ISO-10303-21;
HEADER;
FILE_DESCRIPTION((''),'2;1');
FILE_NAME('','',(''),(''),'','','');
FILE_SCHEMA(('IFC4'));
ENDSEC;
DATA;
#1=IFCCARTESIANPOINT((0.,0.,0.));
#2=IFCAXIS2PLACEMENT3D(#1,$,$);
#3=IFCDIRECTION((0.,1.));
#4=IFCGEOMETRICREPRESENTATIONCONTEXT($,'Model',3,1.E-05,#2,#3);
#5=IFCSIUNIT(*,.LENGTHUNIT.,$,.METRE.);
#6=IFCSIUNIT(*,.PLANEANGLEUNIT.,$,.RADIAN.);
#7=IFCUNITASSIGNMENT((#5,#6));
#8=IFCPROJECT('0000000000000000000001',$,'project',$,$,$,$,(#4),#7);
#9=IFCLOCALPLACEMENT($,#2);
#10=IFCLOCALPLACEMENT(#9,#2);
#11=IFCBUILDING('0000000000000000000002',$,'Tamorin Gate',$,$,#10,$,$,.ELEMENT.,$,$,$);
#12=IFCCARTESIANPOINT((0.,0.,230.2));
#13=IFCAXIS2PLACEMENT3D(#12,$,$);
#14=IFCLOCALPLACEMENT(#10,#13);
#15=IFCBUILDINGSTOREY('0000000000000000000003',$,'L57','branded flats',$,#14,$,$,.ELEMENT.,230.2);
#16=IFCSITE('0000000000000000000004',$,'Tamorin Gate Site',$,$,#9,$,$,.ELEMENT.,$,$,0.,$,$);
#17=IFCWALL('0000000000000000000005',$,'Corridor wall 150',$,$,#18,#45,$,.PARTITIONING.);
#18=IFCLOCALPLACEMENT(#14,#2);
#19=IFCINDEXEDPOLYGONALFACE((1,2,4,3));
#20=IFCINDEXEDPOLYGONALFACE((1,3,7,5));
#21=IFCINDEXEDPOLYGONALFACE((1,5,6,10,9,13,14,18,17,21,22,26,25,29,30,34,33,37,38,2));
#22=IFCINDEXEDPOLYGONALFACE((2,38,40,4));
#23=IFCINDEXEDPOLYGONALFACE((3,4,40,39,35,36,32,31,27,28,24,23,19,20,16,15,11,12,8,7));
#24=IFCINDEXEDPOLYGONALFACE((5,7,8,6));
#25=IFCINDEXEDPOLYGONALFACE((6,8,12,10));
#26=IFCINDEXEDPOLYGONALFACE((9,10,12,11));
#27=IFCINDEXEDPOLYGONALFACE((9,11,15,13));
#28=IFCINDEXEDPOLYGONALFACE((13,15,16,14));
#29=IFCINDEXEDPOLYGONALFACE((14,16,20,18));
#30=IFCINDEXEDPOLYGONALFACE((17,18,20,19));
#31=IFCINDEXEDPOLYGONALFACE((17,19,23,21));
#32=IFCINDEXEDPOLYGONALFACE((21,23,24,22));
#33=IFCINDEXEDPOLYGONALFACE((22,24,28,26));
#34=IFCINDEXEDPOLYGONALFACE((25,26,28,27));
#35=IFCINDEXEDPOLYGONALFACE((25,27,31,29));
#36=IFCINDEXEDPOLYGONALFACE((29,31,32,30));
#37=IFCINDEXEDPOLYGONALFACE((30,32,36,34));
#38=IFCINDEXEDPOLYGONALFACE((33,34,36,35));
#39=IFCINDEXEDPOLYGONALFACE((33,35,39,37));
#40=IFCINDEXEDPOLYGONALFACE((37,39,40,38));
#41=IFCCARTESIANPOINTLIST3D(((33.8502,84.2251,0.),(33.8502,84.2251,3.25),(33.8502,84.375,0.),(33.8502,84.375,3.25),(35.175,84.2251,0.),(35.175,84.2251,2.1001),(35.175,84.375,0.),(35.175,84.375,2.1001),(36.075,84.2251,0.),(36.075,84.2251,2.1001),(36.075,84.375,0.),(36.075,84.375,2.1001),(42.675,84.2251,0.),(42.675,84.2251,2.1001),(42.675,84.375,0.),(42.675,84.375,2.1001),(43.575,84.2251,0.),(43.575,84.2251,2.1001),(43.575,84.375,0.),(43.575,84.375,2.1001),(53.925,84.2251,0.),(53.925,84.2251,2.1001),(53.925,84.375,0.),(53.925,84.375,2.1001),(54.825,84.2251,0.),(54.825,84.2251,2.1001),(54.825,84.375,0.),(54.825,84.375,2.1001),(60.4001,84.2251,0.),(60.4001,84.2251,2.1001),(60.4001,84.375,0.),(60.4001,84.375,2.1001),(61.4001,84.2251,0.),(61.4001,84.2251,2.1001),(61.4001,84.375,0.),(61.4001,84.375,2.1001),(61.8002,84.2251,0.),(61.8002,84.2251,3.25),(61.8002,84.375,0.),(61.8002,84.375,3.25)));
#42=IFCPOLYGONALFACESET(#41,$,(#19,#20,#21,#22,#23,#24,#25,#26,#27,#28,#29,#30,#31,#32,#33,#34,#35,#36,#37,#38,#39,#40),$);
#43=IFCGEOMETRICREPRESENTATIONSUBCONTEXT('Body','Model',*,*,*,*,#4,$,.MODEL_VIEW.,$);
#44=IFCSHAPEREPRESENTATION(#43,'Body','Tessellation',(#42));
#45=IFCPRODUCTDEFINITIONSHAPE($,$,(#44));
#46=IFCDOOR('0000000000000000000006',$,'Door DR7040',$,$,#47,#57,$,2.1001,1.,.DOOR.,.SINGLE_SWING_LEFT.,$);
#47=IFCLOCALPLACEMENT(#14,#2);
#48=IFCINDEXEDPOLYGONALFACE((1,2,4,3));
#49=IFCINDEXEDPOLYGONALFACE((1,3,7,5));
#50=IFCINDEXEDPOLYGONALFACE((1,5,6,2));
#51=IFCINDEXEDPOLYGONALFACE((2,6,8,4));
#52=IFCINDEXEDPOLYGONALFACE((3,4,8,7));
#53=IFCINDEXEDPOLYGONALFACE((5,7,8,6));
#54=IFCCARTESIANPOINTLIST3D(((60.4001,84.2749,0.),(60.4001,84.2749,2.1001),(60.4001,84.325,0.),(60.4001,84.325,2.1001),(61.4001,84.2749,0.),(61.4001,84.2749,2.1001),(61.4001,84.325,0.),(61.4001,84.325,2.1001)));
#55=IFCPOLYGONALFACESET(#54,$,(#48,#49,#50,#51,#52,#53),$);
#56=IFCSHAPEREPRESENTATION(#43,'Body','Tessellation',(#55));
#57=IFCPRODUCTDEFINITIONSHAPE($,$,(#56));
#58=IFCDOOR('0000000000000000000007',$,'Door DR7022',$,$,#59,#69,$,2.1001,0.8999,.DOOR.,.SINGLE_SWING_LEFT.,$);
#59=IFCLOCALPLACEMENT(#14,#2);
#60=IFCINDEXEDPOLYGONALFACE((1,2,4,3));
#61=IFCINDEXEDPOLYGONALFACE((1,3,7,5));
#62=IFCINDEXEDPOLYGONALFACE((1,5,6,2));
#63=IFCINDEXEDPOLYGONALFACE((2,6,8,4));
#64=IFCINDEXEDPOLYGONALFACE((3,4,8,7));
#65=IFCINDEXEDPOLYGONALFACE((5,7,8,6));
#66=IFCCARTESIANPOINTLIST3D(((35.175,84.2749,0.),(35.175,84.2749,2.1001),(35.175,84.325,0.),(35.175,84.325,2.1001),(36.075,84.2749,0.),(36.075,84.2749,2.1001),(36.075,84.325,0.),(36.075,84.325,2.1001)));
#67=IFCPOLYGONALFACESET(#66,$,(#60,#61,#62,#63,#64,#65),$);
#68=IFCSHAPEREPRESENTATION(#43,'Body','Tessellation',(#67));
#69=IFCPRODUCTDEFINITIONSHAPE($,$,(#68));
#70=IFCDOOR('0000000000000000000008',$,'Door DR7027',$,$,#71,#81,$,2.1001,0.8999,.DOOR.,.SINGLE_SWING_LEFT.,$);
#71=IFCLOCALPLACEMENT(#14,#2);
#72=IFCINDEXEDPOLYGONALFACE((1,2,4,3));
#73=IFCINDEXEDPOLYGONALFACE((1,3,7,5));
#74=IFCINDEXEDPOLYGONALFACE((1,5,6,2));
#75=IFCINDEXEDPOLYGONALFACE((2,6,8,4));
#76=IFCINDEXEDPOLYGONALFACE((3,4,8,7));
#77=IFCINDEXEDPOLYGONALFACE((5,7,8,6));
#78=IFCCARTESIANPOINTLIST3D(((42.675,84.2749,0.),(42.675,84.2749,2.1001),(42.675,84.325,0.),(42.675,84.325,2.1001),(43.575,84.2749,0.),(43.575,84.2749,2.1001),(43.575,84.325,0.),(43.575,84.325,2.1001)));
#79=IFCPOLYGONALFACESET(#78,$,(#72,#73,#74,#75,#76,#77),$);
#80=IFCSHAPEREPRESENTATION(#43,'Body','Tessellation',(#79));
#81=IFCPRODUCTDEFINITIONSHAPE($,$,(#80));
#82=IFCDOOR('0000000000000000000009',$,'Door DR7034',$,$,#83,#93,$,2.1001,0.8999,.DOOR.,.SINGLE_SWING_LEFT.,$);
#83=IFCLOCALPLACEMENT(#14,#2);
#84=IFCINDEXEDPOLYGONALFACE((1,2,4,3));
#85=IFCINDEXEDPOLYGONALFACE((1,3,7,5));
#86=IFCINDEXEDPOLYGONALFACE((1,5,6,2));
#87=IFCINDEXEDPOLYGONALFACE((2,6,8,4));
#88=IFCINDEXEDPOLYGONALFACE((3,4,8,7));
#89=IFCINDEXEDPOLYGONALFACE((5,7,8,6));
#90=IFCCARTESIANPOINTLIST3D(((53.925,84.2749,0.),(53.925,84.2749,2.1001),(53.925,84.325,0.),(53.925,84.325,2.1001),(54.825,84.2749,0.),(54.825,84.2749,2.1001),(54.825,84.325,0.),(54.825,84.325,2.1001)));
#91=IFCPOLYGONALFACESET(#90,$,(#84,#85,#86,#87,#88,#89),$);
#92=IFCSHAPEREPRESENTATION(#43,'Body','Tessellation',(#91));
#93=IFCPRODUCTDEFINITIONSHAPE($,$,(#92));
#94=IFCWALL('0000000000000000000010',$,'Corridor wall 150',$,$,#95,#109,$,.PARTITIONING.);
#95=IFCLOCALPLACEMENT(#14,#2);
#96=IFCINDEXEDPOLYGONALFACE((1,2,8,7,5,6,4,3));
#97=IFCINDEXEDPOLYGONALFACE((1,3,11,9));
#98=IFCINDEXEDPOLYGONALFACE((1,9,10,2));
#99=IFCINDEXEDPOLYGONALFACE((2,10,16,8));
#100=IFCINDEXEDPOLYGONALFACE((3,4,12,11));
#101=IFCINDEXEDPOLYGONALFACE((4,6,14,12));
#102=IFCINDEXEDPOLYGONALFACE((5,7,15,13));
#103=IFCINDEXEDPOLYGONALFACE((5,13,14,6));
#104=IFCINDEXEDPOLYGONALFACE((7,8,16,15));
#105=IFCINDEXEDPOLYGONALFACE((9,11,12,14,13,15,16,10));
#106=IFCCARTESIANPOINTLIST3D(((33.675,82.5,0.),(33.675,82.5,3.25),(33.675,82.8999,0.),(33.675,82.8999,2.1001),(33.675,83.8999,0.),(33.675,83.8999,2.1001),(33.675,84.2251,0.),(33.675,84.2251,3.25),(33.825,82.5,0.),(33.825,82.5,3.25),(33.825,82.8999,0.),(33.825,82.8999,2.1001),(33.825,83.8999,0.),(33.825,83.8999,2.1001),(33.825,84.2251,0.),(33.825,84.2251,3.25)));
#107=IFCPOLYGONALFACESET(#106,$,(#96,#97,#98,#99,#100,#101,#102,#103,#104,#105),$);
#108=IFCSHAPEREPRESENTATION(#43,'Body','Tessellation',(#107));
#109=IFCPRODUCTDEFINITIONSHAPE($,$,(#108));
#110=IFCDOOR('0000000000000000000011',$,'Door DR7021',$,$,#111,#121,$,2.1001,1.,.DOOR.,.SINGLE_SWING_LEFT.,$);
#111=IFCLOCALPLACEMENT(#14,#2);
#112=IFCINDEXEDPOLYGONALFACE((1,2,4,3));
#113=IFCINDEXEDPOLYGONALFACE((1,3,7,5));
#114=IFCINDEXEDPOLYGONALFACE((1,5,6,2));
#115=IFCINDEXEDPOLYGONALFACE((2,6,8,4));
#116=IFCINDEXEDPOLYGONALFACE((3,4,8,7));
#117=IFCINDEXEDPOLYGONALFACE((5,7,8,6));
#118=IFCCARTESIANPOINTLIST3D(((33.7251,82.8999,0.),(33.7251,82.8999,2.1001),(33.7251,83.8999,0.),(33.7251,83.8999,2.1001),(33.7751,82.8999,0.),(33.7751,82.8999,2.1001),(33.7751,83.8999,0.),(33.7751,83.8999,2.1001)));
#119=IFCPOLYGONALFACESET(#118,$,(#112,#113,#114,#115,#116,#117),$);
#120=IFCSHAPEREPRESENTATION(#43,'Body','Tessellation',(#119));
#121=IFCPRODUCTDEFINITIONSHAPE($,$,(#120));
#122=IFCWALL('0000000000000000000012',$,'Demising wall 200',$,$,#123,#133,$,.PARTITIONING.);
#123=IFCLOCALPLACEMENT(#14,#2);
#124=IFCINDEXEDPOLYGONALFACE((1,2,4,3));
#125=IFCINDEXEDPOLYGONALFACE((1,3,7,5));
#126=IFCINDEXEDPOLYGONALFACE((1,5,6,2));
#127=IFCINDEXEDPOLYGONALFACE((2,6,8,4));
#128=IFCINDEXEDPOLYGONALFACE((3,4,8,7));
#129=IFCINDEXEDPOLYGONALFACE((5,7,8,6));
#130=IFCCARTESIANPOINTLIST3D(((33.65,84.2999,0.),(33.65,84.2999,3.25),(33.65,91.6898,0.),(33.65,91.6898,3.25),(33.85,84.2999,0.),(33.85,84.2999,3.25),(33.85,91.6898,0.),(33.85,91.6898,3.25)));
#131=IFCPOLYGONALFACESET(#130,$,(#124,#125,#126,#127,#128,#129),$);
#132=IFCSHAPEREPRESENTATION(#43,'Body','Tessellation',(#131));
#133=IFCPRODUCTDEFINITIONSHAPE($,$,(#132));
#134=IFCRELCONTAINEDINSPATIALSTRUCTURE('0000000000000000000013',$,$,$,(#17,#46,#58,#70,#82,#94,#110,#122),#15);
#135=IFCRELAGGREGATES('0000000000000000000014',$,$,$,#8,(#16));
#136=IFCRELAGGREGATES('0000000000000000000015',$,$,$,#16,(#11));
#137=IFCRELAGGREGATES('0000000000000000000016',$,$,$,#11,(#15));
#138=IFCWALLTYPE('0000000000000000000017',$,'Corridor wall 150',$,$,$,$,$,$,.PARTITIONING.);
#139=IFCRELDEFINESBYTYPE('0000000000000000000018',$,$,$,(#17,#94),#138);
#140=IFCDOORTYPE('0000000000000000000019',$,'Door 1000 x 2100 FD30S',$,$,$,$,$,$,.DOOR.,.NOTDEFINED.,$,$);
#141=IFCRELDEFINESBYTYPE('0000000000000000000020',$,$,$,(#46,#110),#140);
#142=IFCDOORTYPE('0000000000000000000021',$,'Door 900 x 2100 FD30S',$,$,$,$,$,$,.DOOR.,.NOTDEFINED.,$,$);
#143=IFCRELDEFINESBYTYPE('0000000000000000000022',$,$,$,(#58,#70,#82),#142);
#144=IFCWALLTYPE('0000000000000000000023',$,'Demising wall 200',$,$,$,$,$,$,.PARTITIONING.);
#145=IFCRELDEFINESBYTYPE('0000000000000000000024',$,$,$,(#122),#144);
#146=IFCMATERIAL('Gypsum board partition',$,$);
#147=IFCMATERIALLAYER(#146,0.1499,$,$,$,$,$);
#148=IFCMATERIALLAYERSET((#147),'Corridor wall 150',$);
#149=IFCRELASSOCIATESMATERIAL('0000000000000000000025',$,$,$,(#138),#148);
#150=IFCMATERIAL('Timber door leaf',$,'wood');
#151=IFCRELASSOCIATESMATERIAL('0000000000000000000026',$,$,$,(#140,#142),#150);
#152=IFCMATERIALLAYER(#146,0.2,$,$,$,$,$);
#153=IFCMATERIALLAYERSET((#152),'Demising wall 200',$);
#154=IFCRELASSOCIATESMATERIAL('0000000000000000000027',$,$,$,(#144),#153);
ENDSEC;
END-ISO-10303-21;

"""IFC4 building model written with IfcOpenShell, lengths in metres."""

from ifc_helpers import new_model, si_unit, direction, frame, frame_2d, origin, place, context, subcontext, project, spatial, rectangle, extrude, material, layer, layer_set, type_object, element, fill, save


model = new_model("IFC4")

# Units and contexts
model_context = context("Model", 3, precision=1e-05, world=origin(), true_north=direction((0.0, 1.0)))
body_context = subcontext(model_context, "Body", "Model", "MODEL_VIEW")
ifc_project = project(units=[si_unit("LENGTHUNIT", "METRE"), si_unit("PLANEANGLEUNIT", "RADIAN")], contexts=[model_context])

# Site, building, storey
site_placement = place(None, origin())
site = spatial("IfcSite", under=ifc_project, at=site_placement, Name="Tamorin Gate Site", CompositionType="ELEMENT", RefElevation=0.0)
building_placement = place(site_placement, origin())
building = spatial("IfcBuilding", under=site, at=building_placement, Name="Tamorin Gate", CompositionType="ELEMENT")
storey_placement = place(building_placement, frame((0.0, 0.0, 230.2)))
storey = spatial("IfcBuildingStorey", under=building, at=storey_placement, Name="L57", Description="branded flats", CompositionType="ELEMENT", Elevation=230.2)

# Wall, openings, doors
ifc_material_1 = material(Name="Gypsum board partition")
ifc_layer_1 = layer(ifc_material_1, 0.1499)
ifc_layer_set_1 = layer_set([ifc_layer_1], Name="Corridor wall 150")
wall_type_1 = type_object("IfcWallType", Name="Corridor wall 150", PredefinedType="PARTITIONING", material=ifc_layer_set_1)
wall_1_placement = place(storey_placement, frame((33.8501, 84.3, 0.0), z_axis=(0.0, 0.0, 1.0), x_axis=(1.0, 0.0, 0.0)))
wall_1 = element("IfcWall", 1, at=wall_1_placement, inside=storey, type_object=wall_type_1, Name="Corridor wall 150", PredefinedType="PARTITIONING", context=body_context, shape_type="SweptSolid", body=[
    extrude(rectangle(XDim=27.95, YDim=0.1499, at=frame_2d((13.9751, 0.0))), origin(), (0.0, 0.0, 1.0), 3.25),
])
opening_1_placement = place(wall_1_placement, frame((1.325, 0.0, 0.0)))
opening_1 = element("IfcOpeningElement", 2, at=opening_1_placement, cuts=wall_1, PredefinedType="OPENING", context=body_context, shape_type="SweptSolid", body=[
    extrude(rectangle(XDim=0.8999, YDim=2.1001, at=frame_2d((0.45, 1.05))), frame((0.0, 0.085, 0.0), z_axis=(0.0, -1.0, 0.0), x_axis=(1.0, 0.0, 0.0)), (0.0, 0.0, 1.0), 0.1699),
])
opening_2_placement = place(wall_1_placement, frame((8.825, 0.0, 0.0)))
opening_2 = element("IfcOpeningElement", 3, at=opening_2_placement, cuts=wall_1, PredefinedType="OPENING", context=body_context, shape_type="SweptSolid", body=[
    extrude(rectangle(XDim=0.8999, YDim=2.1001, at=frame_2d((0.45, 1.05))), frame((0.0, 0.085, 0.0), z_axis=(0.0, -1.0, 0.0), x_axis=(1.0, 0.0, 0.0)), (0.0, 0.0, 1.0), 0.1699),
])
opening_3_placement = place(wall_1_placement, frame((20.075, 0.0, 0.0)))
opening_3 = element("IfcOpeningElement", 4, at=opening_3_placement, cuts=wall_1, PredefinedType="OPENING", context=body_context, shape_type="SweptSolid", body=[
    extrude(rectangle(XDim=0.8999, YDim=2.1001, at=frame_2d((0.45, 1.05))), frame((0.0, 0.085, 0.0), z_axis=(0.0, -1.0, 0.0), x_axis=(1.0, 0.0, 0.0)), (0.0, 0.0, 1.0), 0.1699),
])
opening_4_placement = place(wall_1_placement, frame((26.55, 0.0, 0.0)))
opening_4 = element("IfcOpeningElement", 5, at=opening_4_placement, cuts=wall_1, PredefinedType="OPENING", context=body_context, shape_type="SweptSolid", body=[
    extrude(rectangle(XDim=1.0, YDim=2.1001, at=frame_2d((0.5, 1.05))), frame((0.0, 0.085, 0.0), z_axis=(0.0, -1.0, 0.0), x_axis=(1.0, 0.0, 0.0)), (0.0, 0.0, 1.0), 0.1699),
])
ifc_material_2 = material(Name="Timber door leaf", Category="wood")
door_type_1 = type_object("IfcDoorType", Name="Door 1000 x 2100 FD30S", OperationType="NOTDEFINED", PredefinedType="DOOR", material=ifc_material_2)
door_1_placement = place(opening_4_placement, origin())
door_1 = element("IfcDoor", 6, at=door_1_placement, inside=storey, type_object=door_type_1, Name="Door DR7040", OperationType="SINGLE_SWING_LEFT", OverallHeight=2.1001, OverallWidth=1.0, PredefinedType="DOOR", context=body_context, shape_type="SweptSolid", body=[
    extrude(rectangle(XDim=1.0, YDim=2.1001, at=frame_2d((0.5, 1.05))), frame((0.0, 0.0249, 0.0), z_axis=(0.0, -1.0, 0.0), x_axis=(1.0, 0.0, 0.0)), (0.0, 0.0, 1.0), 0.05),
])
fill(opening_4, door_1)
door_type_2 = type_object("IfcDoorType", Name="Door 900 x 2100 FD30S", OperationType="NOTDEFINED", PredefinedType="DOOR", material=ifc_material_2)
door_2_placement = place(opening_1_placement, origin())
door_2 = element("IfcDoor", 7, at=door_2_placement, inside=storey, type_object=door_type_2, Name="Door DR7022", OperationType="SINGLE_SWING_LEFT", OverallHeight=2.1001, OverallWidth=0.8999, PredefinedType="DOOR", context=body_context, shape_type="SweptSolid", body=[
    extrude(rectangle(XDim=0.8999, YDim=2.1001, at=frame_2d((0.45, 1.05))), frame((0.0, 0.0249, 0.0), z_axis=(0.0, -1.0, 0.0), x_axis=(1.0, 0.0, 0.0)), (0.0, 0.0, 1.0), 0.05),
])
fill(opening_1, door_2)
door_3_placement = place(opening_2_placement, origin())
door_3 = element("IfcDoor", 8, at=door_3_placement, inside=storey, type_object=door_type_2, Name="Door DR7027", OperationType="SINGLE_SWING_LEFT", OverallHeight=2.1001, OverallWidth=0.8999, PredefinedType="DOOR", context=body_context, shape_type="SweptSolid", body=[
    extrude(rectangle(XDim=0.8999, YDim=2.1001, at=frame_2d((0.45, 1.05))), frame((0.0, 0.0249, 0.0), z_axis=(0.0, -1.0, 0.0), x_axis=(1.0, 0.0, 0.0)), (0.0, 0.0, 1.0), 0.05),
])
fill(opening_2, door_3)
door_4_placement = place(opening_3_placement, origin())
door_4 = element("IfcDoor", 9, at=door_4_placement, inside=storey, type_object=door_type_2, Name="Door DR7034", OperationType="SINGLE_SWING_LEFT", OverallHeight=2.1001, OverallWidth=0.8999, PredefinedType="DOOR", context=body_context, shape_type="SweptSolid", body=[
    extrude(rectangle(XDim=0.8999, YDim=2.1001, at=frame_2d((0.45, 1.05))), frame((0.0, 0.0249, 0.0), z_axis=(0.0, -1.0, 0.0), x_axis=(1.0, 0.0, 0.0)), (0.0, 0.0, 1.0), 0.05),
])
fill(opening_3, door_4)

# Wall, opening, door
wall_2_placement = place(storey_placement, frame((33.75, 82.5, 0.0), z_axis=(0.0, 0.0, 1.0), x_axis=(0.0, 1.0, 0.0)))
wall_2 = element("IfcWall", 10, at=wall_2_placement, inside=storey, type_object=wall_type_1, Name="Corridor wall 150", PredefinedType="PARTITIONING", context=body_context, shape_type="SweptSolid", body=[
    extrude(rectangle(XDim=1.7251, YDim=0.1499, at=frame_2d((0.8625, 0.0))), origin(), (0.0, 0.0, 1.0), 3.25),
])
opening_5_placement = place(wall_2_placement, frame((0.3999, 0.0, 0.0)))
opening_5 = element("IfcOpeningElement", 11, at=opening_5_placement, cuts=wall_2, PredefinedType="OPENING", context=body_context, shape_type="SweptSolid", body=[
    extrude(rectangle(XDim=1.0, YDim=2.1001, at=frame_2d((0.5, 1.05))), frame((0.0, 0.085, 0.0), z_axis=(0.0, -1.0, 0.0), x_axis=(1.0, 0.0, 0.0)), (0.0, 0.0, 1.0), 0.1699),
])
door_5_placement = place(opening_5_placement, origin())
door_5 = element("IfcDoor", 12, at=door_5_placement, inside=storey, type_object=door_type_1, Name="Door DR7021", OperationType="SINGLE_SWING_LEFT", OverallHeight=2.1001, OverallWidth=1.0, PredefinedType="DOOR", context=body_context, shape_type="SweptSolid", body=[
    extrude(rectangle(XDim=1.0, YDim=2.1001, at=frame_2d((0.5, 1.05))), frame((0.0, 0.0249, 0.0), z_axis=(0.0, -1.0, 0.0), x_axis=(1.0, 0.0, 0.0)), (0.0, 0.0, 1.0), 0.05),
])
fill(opening_5, door_5)

# Wall
ifc_layer_2 = layer(ifc_material_1, 0.2)
ifc_layer_set_2 = layer_set([ifc_layer_2], Name="Demising wall 200")
wall_type_2 = type_object("IfcWallType", Name="Demising wall 200", PredefinedType="PARTITIONING", material=ifc_layer_set_2)
wall_3_placement = place(storey_placement, frame((33.75, 84.3, 0.0), z_axis=(0.0, 0.0, 1.0), x_axis=(0.0, 1.0, 0.0)))
element("IfcWall", 13, at=wall_3_placement, inside=storey, type_object=wall_type_2, Name="Demising wall 200", PredefinedType="PARTITIONING", context=body_context, shape_type="SweptSolid", body=[
    extrude(rectangle(XDim=7.3899, YDim=0.2, at=frame_2d((3.6948, 0.0))), origin(), (0.0, 0.0, 1.0), 3.25),
])

save(model, "model.ifc")
